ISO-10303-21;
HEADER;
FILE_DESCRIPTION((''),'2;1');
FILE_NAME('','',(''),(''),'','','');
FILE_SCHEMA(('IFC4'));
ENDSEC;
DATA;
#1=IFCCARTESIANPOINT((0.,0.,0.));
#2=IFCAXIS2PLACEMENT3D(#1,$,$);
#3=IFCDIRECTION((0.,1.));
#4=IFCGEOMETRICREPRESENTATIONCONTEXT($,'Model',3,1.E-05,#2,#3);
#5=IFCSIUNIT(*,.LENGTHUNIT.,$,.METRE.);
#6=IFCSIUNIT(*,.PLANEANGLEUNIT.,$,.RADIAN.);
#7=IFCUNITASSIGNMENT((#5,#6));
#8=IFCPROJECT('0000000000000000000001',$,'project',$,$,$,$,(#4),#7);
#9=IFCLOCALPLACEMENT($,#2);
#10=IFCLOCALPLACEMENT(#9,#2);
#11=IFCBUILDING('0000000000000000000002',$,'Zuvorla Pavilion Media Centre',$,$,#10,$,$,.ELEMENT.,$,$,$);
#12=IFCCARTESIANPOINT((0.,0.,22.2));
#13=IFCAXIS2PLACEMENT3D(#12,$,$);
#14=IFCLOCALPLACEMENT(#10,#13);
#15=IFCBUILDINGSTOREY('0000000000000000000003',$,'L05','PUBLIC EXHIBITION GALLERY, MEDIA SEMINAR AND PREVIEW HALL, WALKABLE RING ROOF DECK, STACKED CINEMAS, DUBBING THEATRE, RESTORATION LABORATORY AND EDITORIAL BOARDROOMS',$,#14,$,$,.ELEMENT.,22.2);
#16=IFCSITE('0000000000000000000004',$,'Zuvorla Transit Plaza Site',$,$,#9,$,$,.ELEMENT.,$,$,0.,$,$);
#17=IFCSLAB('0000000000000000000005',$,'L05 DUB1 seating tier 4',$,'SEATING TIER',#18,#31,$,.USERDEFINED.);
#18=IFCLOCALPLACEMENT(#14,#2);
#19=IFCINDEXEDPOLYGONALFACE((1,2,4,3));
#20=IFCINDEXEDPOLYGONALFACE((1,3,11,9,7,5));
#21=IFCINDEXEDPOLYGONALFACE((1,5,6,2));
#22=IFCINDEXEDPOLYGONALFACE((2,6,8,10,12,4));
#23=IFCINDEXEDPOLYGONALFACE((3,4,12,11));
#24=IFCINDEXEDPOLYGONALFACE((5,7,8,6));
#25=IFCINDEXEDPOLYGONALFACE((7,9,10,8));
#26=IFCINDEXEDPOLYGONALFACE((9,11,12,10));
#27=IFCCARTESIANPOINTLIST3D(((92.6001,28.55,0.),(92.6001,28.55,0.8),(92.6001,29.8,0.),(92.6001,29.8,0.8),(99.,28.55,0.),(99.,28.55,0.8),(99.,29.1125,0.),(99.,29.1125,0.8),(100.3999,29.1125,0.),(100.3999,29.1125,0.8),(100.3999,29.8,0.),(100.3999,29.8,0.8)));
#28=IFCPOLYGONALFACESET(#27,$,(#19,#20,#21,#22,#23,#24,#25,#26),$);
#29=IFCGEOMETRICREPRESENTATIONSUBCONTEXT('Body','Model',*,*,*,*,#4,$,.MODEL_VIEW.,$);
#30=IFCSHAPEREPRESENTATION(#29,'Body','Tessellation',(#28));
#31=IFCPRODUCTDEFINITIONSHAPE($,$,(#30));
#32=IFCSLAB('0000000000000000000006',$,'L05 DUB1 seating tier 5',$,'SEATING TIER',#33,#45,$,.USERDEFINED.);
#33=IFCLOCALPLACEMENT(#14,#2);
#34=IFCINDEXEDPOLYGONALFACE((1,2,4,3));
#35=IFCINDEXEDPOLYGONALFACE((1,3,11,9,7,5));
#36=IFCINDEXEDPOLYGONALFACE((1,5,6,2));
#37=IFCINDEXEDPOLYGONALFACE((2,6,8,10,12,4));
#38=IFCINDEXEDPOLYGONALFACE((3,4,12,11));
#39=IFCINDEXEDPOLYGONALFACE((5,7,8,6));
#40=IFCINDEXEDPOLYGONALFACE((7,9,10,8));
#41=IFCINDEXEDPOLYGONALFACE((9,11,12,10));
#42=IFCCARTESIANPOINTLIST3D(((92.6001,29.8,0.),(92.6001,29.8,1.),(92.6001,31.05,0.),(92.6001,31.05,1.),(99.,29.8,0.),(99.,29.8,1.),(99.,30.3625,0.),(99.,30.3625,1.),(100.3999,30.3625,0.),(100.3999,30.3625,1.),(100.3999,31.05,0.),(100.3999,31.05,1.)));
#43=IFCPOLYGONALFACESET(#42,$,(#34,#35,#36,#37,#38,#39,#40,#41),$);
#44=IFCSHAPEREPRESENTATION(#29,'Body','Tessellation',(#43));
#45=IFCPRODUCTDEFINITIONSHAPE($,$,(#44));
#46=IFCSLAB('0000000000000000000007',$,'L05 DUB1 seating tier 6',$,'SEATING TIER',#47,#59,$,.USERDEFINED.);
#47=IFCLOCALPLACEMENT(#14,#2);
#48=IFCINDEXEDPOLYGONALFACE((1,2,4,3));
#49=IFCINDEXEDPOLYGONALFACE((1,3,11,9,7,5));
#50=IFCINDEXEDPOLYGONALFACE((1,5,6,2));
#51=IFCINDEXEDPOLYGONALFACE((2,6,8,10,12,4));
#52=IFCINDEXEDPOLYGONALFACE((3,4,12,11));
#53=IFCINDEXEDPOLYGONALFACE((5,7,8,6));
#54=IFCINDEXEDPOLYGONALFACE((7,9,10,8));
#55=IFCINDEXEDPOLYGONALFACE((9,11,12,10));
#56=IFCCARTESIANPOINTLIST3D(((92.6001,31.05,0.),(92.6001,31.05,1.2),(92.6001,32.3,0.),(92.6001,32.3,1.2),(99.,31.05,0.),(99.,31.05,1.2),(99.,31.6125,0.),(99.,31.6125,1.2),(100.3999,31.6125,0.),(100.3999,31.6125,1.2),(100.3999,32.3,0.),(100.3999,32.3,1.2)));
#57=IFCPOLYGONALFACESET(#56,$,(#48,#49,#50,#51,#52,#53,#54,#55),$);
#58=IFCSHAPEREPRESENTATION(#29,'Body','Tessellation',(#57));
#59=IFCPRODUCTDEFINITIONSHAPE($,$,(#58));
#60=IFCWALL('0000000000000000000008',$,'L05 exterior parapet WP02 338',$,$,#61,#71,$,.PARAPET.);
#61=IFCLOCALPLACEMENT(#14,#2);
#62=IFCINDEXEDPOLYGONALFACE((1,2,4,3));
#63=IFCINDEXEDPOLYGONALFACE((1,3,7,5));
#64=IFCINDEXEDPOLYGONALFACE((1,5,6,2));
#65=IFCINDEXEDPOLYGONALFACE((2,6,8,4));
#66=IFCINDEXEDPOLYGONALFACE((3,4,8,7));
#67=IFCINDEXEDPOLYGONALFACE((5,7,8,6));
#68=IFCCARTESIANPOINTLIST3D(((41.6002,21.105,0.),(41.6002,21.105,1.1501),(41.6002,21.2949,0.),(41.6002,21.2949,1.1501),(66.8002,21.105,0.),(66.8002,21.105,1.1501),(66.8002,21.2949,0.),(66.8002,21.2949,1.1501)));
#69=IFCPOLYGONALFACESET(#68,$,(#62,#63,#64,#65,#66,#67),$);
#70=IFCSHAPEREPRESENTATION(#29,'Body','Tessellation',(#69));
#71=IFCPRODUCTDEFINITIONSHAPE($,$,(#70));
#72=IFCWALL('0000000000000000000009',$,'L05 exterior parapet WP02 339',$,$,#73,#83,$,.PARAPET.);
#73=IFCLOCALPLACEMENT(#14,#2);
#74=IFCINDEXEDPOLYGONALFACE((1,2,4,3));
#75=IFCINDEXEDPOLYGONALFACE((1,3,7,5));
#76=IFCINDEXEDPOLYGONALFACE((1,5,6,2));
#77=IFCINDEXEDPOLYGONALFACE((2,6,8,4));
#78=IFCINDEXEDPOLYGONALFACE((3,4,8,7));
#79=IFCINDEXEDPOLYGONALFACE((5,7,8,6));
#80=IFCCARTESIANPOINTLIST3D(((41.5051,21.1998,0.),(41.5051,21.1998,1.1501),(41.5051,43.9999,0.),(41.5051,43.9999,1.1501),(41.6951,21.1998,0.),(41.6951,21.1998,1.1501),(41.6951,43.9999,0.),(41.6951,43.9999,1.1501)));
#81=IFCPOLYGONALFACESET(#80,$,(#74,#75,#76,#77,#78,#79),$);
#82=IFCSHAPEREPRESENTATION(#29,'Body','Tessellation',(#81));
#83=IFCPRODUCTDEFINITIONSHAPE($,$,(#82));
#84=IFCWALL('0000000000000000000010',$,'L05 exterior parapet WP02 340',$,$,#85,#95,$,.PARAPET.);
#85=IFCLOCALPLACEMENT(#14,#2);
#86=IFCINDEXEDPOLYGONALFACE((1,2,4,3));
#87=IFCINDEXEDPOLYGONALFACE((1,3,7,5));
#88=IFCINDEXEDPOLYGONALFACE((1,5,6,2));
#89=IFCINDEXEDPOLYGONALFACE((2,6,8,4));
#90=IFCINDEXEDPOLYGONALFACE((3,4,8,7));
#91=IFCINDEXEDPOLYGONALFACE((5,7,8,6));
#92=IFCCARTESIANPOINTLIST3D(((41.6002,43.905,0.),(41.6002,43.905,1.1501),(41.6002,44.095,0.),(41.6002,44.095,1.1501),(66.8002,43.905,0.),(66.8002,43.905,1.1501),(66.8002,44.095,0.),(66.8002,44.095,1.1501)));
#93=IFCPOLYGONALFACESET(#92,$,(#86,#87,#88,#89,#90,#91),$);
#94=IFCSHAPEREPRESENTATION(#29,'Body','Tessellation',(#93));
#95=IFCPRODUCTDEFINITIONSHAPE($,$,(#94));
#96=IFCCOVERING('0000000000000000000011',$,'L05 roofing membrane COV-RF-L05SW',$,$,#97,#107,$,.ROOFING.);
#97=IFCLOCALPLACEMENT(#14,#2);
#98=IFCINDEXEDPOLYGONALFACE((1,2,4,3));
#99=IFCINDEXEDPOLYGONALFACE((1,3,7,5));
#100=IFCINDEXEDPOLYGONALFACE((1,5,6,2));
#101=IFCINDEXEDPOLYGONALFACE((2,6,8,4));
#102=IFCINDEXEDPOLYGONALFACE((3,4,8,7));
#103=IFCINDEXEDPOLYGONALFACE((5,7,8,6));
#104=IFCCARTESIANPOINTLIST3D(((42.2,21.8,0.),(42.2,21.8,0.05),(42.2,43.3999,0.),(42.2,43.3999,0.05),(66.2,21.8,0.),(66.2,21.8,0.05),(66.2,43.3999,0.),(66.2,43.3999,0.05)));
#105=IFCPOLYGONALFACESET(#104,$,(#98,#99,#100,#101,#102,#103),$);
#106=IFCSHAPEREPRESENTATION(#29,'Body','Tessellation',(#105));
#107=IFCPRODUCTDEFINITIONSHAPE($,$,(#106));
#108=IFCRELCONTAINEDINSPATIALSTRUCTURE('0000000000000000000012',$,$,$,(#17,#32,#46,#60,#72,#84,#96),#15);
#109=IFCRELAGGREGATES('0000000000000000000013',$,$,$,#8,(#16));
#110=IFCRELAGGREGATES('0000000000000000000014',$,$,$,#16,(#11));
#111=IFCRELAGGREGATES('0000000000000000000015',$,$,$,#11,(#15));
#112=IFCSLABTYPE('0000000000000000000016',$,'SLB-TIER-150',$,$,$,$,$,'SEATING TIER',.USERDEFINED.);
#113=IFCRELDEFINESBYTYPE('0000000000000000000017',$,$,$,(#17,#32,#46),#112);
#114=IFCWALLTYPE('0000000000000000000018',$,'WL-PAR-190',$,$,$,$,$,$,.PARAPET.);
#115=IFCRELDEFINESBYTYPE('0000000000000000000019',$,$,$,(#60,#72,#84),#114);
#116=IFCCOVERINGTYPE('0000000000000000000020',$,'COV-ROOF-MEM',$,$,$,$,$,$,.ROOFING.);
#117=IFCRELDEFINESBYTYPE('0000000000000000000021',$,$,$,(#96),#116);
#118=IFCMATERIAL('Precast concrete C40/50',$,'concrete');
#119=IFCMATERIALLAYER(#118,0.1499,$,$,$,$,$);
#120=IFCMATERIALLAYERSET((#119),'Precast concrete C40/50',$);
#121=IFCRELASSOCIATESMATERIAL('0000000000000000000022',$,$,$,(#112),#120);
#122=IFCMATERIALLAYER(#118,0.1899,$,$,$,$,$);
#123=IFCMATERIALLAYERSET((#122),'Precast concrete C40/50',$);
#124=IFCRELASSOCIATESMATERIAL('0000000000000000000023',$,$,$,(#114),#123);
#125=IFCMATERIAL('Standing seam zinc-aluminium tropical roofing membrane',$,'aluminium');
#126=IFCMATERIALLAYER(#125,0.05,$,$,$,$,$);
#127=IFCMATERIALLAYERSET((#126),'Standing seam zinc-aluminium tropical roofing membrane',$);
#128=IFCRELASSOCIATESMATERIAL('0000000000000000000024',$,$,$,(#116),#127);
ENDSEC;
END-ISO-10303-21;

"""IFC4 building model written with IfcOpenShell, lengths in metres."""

from ifc_helpers import new_model, si_unit, direction, frame, frame_2d, origin, place, context, subcontext, project, spatial, polyline, rectangle, outline, extrude, material, layer, layer_set, type_object, element, save


model = new_model("IFC4")

# Units and contexts
model_context = context("Model", 3, precision=1e-05, world=origin(), true_north=direction((0.0, 1.0)))
body_context = subcontext(model_context, "Body", "Model", "MODEL_VIEW")
ifc_project = project(units=[si_unit("LENGTHUNIT", "METRE"), si_unit("PLANEANGLEUNIT", "RADIAN")], contexts=[model_context])

# Site, building, storey
site_placement = place(None, origin())
site = spatial("IfcSite", under=ifc_project, at=site_placement, Name="Zuvorla Transit Plaza Site", CompositionType="ELEMENT", RefElevation=0.0)
building_placement = place(site_placement, origin())
building = spatial("IfcBuilding", under=site, at=building_placement, Name="Zuvorla Pavilion Media Centre", CompositionType="ELEMENT")
storey_placement = place(building_placement, frame((0.0, 0.0, 22.2)))
storey = spatial("IfcBuildingStorey", under=building, at=storey_placement, Name="L05", Description="PUBLIC EXHIBITION GALLERY, MEDIA SEMINAR AND PREVIEW HALL, WALKABLE RING ROOF DECK, STACKED CINEMAS, DUBBING THEATRE, RESTORATION LABORATORY AND EDITORIAL BOARDROOMS", CompositionType="ELEMENT", Elevation=22.2)

# Slabs
ifc_material_1 = material(Name="Precast concrete C40/50", Category="concrete")
ifc_layer_1 = layer(ifc_material_1, 0.1499)
ifc_layer_set_1 = layer_set([ifc_layer_1], Name="Precast concrete C40/50")
slab_type_1 = type_object("IfcSlabType", Name="SLB-TIER-150", ElementType="SEATING TIER", PredefinedType="USERDEFINED", material=ifc_layer_set_1)
slab_1_placement = place(storey_placement, origin())
element("IfcSlab", 1, at=slab_1_placement, inside=storey, type_object=slab_type_1, Name="L05 DUB1 seating tier 4", ObjectType="SEATING TIER", PredefinedType="USERDEFINED", context=body_context, shape_type="SweptSolid", body=[
    extrude(outline(polyline([(92.6001, 28.55), (99.0, 28.55), (99.0, 29.1125), (100.3999, 29.1125), (100.3999, 29.8), (92.6001, 29.8), (92.6001, 28.55)])), origin(), (0.0, 0.0, 1.0), 0.8),
])
slab_2_placement = place(storey_placement, origin())
element("IfcSlab", 2, at=slab_2_placement, inside=storey, type_object=slab_type_1, Name="L05 DUB1 seating tier 5", ObjectType="SEATING TIER", PredefinedType="USERDEFINED", context=body_context, shape_type="SweptSolid", body=[
    extrude(outline(polyline([(92.6001, 29.8), (99.0, 29.8), (99.0, 30.3625), (100.3999, 30.3625), (100.3999, 31.05), (92.6001, 31.05), (92.6001, 29.8)])), origin(), (0.0, 0.0, 1.0), 1.0),
])
slab_3_placement = place(storey_placement, origin())
element("IfcSlab", 3, at=slab_3_placement, inside=storey, type_object=slab_type_1, Name="L05 DUB1 seating tier 6", ObjectType="SEATING TIER", PredefinedType="USERDEFINED", context=body_context, shape_type="SweptSolid", body=[
    extrude(outline(polyline([(92.6001, 31.05), (99.0, 31.05), (99.0, 31.6125), (100.3999, 31.6125), (100.3999, 32.3), (92.6001, 32.3), (92.6001, 31.05)])), origin(), (0.0, 0.0, 1.0), 1.2),
])

# Walls
ifc_layer_2 = layer(ifc_material_1, 0.1899)
ifc_layer_set_2 = layer_set([ifc_layer_2], Name="Precast concrete C40/50")
wall_type = type_object("IfcWallType", Name="WL-PAR-190", PredefinedType="PARAPET", material=ifc_layer_set_2)
wall_1_placement = place(storey_placement, frame((41.6001, 21.2, 0.0), z_axis=(0.0, 0.0, 1.0), x_axis=(1.0, 0.0, 0.0)))
element("IfcWall", 4, at=wall_1_placement, inside=storey, type_object=wall_type, Name="L05 exterior parapet WP02 338", PredefinedType="PARAPET", context=body_context, shape_type="SweptSolid", body=[
    extrude(rectangle(XDim=25.2, YDim=0.1899, at=frame_2d((12.6001, 0.0))), origin(), (0.0, 0.0, 1.0), 1.1501),
])
wall_2_placement = place(storey_placement, frame((41.6001, 21.2, 0.0), z_axis=(0.0, 0.0, 1.0), x_axis=(0.0, 1.0, 0.0)))
element("IfcWall", 5, at=wall_2_placement, inside=storey, type_object=wall_type, Name="L05 exterior parapet WP02 339", PredefinedType="PARAPET", context=body_context, shape_type="SweptSolid", body=[
    extrude(rectangle(XDim=22.8, YDim=0.1899, at=frame_2d((11.3999, 0.0))), origin(), (0.0, 0.0, 1.0), 1.1501),
])
wall_3_placement = place(storey_placement, frame((41.6001, 44.0, 0.0), z_axis=(0.0, 0.0, 1.0), x_axis=(1.0, 0.0, 0.0)))
element("IfcWall", 6, at=wall_3_placement, inside=storey, type_object=wall_type, Name="L05 exterior parapet WP02 340", PredefinedType="PARAPET", context=body_context, shape_type="SweptSolid", body=[
    extrude(rectangle(XDim=25.2, YDim=0.1899, at=frame_2d((12.6001, 0.0))), origin(), (0.0, 0.0, 1.0), 1.1501),
])

# Covering
ifc_material_2 = material(Name="Standing seam zinc-aluminium tropical roofing membrane", Category="aluminium")
ifc_layer_3 = layer(ifc_material_2, 0.05)
ifc_layer_set_3 = layer_set([ifc_layer_3], Name="Standing seam zinc-aluminium tropical roofing membrane")
covering_type = type_object("IfcCoveringType", Name="COV-ROOF-MEM", PredefinedType="ROOFING", material=ifc_layer_set_3)
covering_placement = place(storey_placement, origin())
element("IfcCovering", 7, at=covering_placement, inside=storey, type_object=covering_type, Name="L05 roofing membrane COV-RF-L05SW", PredefinedType="ROOFING", context=body_context, shape_type="SweptSolid", body=[
    extrude(outline(polyline([(42.2, 21.8), (66.2, 21.8), (66.2, 43.3999), (42.2, 43.3999), (42.2, 21.8)])), origin(), (0.0, 0.0, 1.0), 0.05),
])

save(model, "model.ifc")
